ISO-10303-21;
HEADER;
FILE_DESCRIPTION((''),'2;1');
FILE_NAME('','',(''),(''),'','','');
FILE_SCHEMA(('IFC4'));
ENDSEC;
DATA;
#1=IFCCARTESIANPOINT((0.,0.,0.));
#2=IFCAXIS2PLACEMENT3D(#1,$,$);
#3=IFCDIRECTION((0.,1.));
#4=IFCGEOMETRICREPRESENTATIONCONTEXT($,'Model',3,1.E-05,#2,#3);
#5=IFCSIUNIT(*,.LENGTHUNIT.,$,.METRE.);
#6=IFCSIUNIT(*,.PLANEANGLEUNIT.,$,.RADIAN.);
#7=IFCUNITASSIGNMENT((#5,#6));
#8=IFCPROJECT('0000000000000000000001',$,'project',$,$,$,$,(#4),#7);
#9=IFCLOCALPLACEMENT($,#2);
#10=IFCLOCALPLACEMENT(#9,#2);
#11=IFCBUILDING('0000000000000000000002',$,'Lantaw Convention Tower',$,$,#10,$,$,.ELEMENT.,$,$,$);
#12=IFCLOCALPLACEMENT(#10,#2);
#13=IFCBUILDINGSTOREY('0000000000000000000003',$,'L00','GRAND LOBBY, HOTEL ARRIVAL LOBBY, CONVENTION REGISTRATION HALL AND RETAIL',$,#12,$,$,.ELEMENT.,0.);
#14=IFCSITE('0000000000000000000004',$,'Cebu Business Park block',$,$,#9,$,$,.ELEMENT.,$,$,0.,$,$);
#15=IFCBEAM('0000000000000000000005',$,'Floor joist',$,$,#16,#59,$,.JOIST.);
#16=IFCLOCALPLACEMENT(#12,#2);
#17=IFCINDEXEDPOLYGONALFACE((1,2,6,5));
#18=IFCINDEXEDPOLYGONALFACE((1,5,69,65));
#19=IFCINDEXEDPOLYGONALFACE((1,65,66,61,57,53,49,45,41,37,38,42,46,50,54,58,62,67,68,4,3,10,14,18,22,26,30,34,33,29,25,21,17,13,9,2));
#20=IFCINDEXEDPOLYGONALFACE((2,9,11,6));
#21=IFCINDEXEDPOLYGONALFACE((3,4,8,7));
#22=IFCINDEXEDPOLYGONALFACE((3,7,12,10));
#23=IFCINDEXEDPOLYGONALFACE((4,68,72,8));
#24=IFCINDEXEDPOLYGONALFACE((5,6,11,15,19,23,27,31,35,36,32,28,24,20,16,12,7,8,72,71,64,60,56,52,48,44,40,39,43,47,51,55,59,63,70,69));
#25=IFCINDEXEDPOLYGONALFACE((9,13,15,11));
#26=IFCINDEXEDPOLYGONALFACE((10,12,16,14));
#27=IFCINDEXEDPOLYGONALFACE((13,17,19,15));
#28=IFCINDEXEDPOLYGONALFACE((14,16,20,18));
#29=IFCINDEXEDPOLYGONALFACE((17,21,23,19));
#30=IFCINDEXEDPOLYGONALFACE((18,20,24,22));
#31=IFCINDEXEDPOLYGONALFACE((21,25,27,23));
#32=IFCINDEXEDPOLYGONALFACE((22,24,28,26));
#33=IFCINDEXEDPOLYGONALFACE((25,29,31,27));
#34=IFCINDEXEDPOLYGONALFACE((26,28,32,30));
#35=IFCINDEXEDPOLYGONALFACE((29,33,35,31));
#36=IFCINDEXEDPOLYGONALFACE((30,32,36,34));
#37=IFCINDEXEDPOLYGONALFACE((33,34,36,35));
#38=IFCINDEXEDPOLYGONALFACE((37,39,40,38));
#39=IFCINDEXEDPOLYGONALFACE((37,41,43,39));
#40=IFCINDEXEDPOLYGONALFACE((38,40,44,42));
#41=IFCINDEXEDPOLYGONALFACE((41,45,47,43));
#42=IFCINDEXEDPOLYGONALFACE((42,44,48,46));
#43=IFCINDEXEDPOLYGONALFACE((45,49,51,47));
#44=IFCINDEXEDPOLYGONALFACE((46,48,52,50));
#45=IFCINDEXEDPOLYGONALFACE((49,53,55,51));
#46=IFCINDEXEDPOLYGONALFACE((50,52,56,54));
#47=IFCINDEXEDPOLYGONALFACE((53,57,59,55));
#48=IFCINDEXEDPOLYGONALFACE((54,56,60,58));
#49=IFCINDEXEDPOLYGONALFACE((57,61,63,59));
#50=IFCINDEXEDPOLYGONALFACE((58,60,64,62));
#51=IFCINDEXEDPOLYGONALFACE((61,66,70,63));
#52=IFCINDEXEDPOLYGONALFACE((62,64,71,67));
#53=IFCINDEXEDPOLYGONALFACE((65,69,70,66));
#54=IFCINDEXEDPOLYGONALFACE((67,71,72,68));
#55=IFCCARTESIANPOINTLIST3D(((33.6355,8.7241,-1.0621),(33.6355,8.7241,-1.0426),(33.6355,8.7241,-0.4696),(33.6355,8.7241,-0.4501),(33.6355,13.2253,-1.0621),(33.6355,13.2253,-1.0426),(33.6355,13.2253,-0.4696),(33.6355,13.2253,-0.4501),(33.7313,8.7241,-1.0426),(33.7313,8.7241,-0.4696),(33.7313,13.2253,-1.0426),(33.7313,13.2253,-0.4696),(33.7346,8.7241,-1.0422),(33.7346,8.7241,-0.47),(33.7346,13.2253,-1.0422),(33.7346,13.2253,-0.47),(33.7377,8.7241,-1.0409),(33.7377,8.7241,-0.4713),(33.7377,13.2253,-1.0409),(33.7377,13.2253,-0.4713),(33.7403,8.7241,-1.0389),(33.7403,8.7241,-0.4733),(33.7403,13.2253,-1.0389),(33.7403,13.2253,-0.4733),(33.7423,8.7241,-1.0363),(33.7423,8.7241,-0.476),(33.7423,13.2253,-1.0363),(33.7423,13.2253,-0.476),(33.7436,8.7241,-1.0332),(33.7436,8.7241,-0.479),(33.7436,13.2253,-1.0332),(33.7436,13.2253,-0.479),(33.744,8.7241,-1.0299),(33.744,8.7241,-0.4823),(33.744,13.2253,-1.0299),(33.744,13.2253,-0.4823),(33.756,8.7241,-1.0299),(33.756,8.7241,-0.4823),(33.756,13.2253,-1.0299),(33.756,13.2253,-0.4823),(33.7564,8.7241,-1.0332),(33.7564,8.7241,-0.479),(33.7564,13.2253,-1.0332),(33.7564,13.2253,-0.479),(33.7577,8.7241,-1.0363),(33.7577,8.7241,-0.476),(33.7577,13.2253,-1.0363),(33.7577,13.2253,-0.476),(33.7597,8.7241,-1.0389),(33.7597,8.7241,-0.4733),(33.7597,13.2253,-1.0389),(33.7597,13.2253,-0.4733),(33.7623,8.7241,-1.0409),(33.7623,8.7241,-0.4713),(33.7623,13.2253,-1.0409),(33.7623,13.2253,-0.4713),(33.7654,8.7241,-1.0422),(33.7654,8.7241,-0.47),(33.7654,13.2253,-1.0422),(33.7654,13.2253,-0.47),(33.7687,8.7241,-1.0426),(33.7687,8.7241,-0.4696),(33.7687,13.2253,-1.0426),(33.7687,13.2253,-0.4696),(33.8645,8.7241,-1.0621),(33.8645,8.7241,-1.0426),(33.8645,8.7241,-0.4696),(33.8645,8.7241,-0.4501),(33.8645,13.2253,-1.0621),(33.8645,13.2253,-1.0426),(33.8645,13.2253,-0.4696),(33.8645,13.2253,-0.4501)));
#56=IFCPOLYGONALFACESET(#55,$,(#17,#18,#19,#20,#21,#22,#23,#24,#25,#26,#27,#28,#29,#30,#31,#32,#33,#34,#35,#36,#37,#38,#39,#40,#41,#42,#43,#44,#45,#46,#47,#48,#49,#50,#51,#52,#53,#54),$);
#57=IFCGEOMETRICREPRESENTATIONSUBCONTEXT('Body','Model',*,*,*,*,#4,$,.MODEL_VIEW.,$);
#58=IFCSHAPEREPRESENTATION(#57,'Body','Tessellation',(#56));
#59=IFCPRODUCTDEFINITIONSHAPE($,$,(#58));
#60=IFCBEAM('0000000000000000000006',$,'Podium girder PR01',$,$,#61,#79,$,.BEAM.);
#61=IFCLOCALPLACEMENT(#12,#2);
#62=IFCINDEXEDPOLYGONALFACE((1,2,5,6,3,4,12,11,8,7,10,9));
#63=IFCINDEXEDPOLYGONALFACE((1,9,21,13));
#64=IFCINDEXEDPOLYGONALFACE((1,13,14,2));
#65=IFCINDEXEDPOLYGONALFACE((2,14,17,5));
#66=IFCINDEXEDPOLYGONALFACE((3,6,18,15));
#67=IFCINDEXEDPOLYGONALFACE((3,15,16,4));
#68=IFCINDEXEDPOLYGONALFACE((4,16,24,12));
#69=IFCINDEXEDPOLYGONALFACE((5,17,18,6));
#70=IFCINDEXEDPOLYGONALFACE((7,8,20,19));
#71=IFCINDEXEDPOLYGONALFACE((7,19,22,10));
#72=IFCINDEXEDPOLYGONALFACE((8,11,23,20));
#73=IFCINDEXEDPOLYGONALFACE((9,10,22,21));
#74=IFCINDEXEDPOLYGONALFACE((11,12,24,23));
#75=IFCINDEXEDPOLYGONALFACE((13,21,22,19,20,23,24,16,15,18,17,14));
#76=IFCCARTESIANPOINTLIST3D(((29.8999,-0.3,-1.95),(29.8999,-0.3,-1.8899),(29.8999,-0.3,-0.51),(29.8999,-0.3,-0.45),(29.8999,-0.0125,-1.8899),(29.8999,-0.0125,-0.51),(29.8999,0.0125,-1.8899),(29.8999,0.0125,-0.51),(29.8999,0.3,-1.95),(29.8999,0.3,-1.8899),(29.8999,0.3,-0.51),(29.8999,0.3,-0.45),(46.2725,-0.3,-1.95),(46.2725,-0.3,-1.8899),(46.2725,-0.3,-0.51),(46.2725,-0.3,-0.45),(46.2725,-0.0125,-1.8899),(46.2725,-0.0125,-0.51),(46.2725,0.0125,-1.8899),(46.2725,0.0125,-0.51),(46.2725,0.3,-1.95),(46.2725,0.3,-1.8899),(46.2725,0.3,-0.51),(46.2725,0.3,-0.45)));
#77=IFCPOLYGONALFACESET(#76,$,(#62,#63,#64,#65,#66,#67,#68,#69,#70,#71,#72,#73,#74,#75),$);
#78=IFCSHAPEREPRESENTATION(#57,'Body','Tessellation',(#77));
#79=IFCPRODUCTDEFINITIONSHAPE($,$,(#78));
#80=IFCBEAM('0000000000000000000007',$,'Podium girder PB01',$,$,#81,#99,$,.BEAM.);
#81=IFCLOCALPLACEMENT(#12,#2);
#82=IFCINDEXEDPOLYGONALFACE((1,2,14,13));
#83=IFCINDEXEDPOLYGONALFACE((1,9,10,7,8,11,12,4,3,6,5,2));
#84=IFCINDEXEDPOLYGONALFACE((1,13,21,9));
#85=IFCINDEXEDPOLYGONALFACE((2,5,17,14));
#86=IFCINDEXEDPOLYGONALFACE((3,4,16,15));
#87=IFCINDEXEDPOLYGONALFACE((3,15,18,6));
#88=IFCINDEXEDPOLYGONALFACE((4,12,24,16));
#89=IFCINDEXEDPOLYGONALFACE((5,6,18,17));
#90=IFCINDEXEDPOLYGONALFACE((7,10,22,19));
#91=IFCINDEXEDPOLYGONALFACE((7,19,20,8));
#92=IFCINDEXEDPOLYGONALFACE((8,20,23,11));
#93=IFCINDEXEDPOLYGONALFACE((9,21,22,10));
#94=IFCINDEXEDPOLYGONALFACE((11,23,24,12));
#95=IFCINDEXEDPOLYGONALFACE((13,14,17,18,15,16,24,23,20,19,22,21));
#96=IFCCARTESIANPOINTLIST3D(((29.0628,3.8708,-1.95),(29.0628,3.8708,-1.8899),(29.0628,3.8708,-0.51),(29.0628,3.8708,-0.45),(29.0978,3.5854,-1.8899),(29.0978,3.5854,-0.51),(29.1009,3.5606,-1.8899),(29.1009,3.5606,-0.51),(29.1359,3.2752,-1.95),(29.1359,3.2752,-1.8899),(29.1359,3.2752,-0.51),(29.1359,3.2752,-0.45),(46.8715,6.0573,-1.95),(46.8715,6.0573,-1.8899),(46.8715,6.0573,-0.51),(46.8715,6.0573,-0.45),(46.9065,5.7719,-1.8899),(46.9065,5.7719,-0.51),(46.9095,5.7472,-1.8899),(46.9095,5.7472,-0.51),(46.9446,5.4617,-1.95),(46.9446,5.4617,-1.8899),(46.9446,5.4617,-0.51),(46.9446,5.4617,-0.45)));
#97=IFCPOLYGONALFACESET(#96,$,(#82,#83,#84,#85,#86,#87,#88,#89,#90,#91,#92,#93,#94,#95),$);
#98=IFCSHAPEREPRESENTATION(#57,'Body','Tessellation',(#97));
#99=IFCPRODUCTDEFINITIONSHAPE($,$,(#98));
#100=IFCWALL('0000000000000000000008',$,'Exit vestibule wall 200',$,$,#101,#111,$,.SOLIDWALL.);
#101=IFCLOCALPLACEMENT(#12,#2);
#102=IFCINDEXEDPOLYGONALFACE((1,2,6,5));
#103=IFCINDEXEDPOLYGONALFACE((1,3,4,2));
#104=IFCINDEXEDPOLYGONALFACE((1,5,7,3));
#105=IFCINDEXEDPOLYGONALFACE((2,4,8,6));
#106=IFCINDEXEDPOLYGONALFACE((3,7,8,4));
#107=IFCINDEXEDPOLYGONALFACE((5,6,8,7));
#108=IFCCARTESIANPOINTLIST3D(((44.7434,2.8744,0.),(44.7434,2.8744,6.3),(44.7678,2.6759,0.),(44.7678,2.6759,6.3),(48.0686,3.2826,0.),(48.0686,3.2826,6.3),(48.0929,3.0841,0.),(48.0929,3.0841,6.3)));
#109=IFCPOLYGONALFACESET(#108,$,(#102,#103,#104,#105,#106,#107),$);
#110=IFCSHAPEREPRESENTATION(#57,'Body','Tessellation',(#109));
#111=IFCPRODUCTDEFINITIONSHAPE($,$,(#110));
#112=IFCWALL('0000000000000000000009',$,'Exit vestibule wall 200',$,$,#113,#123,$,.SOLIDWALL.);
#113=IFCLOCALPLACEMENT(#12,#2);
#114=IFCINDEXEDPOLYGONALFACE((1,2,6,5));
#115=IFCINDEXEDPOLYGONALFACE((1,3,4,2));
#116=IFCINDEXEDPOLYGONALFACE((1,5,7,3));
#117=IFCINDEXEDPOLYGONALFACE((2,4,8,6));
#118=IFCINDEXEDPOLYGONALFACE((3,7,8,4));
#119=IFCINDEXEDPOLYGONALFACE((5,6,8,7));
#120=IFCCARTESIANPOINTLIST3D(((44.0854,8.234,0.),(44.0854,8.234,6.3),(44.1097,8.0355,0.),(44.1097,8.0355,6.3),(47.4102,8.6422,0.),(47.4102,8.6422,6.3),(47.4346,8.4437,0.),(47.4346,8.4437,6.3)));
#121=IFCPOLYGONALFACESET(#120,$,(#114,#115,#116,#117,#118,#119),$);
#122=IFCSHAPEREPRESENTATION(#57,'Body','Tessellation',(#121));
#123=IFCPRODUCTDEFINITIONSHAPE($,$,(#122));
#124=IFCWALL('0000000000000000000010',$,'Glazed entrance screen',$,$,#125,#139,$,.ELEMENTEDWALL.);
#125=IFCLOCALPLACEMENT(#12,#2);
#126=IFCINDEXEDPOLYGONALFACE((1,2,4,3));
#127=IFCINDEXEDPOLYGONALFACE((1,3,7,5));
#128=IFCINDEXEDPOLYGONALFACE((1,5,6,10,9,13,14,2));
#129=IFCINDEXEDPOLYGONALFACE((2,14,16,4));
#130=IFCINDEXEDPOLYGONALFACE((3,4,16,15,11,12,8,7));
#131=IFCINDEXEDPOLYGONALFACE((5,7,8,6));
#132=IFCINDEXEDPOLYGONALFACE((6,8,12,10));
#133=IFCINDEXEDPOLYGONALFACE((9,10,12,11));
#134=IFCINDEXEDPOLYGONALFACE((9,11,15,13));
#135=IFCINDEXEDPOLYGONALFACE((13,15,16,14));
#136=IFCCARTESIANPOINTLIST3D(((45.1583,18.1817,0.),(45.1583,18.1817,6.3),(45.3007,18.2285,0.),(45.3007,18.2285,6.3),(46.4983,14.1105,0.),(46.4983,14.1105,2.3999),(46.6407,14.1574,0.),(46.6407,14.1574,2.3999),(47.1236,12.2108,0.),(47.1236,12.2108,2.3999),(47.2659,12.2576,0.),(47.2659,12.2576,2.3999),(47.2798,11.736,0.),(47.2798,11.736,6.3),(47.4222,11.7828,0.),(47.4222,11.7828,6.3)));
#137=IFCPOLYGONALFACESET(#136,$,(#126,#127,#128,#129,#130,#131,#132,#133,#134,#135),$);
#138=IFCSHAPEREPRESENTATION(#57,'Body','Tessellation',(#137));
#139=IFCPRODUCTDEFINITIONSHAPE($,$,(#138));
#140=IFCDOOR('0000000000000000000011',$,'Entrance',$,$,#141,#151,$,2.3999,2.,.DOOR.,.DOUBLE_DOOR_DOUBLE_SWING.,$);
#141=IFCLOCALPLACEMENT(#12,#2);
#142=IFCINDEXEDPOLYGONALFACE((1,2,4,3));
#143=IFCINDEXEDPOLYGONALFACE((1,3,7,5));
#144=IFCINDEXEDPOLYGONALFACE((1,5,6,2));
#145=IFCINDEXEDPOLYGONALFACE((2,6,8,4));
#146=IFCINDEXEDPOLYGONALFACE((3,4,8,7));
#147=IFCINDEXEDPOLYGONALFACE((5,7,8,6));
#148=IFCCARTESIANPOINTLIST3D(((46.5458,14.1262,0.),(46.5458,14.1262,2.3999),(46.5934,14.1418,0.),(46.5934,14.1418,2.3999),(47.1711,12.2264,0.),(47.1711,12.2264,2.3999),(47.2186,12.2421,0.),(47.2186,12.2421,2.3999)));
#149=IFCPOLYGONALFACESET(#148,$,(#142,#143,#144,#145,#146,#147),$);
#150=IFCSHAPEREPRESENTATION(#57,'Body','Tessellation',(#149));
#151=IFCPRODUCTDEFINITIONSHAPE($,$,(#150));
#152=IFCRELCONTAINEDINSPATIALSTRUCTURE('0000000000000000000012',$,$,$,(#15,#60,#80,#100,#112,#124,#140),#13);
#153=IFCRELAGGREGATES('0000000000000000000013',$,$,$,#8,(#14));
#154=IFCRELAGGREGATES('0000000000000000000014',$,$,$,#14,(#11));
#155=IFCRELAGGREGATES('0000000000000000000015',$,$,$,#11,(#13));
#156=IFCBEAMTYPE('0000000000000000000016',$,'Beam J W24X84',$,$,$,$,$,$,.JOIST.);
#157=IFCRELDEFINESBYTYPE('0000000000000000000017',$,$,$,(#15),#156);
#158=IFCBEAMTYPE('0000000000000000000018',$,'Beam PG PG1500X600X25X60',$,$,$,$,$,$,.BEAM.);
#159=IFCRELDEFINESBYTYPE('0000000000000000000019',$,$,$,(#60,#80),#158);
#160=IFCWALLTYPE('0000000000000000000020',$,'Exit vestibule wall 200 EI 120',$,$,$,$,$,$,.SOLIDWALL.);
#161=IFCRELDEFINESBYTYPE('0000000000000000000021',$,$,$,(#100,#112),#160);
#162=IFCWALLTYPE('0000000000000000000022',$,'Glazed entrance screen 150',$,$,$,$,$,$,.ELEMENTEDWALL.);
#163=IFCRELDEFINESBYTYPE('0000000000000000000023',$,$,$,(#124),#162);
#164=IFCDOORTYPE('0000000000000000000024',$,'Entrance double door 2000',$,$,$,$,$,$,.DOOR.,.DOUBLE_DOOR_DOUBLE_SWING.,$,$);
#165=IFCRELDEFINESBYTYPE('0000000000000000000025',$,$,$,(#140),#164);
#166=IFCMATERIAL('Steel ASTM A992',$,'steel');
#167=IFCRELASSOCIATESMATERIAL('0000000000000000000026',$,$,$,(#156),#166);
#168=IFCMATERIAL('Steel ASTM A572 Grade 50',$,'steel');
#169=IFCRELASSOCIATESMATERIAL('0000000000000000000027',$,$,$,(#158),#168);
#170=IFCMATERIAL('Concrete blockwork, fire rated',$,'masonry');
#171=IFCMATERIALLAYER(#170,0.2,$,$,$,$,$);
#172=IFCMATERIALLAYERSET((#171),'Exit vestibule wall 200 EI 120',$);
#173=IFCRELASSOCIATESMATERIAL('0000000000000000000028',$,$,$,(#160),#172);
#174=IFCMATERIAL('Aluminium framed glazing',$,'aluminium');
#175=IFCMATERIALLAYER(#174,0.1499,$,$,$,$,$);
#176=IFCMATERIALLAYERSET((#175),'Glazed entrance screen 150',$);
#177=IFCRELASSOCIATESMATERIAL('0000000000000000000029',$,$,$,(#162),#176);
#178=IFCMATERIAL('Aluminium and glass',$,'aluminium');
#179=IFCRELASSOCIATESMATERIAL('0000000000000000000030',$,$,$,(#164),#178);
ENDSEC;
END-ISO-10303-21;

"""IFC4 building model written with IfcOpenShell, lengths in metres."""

from ifc_helpers import new_model, si_unit, direction, frame, frame_2d, origin, origin_2d, place, context, subcontext, project, spatial, rectangle, i_section, extrude, material, layer, layer_set, material_profile, profile_set, type_object, element, fill, save


model = new_model("IFC4")

# Units and contexts
model_context = context("Model", 3, precision=1e-05, world=origin(), true_north=direction((0.0, 1.0)))
body_context = subcontext(model_context, "Body", "Model", "MODEL_VIEW")
ifc_project = project(units=[si_unit("LENGTHUNIT", "METRE"), si_unit("PLANEANGLEUNIT", "RADIAN")], contexts=[model_context])

# Site, building, storey
site_placement = place(None, origin())
site = spatial("IfcSite", under=ifc_project, at=site_placement, Name="Cebu Business Park block", CompositionType="ELEMENT", RefElevation=0.0)
building_placement = place(site_placement, origin())
building = spatial("IfcBuilding", under=site, at=building_placement, Name="Lantaw Convention Tower", CompositionType="ELEMENT")
storey_placement = place(building_placement, origin())
storey = spatial("IfcBuildingStorey", under=building, at=storey_placement, Name="L00", Description="GRAND LOBBY, HOTEL ARRIVAL LOBBY, CONVENTION REGISTRATION HALL AND RETAIL", CompositionType="ELEMENT", Elevation=0.0)

# Shared definitions
ifc_material_1 = material(Name="Steel ASTM A572 Grade 50", Category="steel")

# Beams
ifc_material_2 = material(Name="Steel ASTM A992", Category="steel")
ifc_material_profile_1 = material_profile(ifc_material_2, i_section(OverallWidth=0.229, OverallDepth=0.6121, WebThickness=0.012, FlangeThickness=0.0195, FilletRadius=0.0127, at=origin_2d()), Name="W24X84")
ifc_profile_set_1 = profile_set([ifc_material_profile_1], Name="Steel ASTM A992")
beam_type_1 = type_object("IfcBeamType", Name="Beam J W24X84", PredefinedType="JOIST", material=ifc_profile_set_1)
beam_1_placement = place(storey_placement, frame((33.75, 8.7241, -0.7561), z_axis=(0.0, 1.0, 0.0), x_axis=(-1.0, 0.0, 0.0)))
element("IfcBeam", 1, at=beam_1_placement, inside=storey, type_object=beam_type_1, Name="Floor joist", PredefinedType="JOIST", context=body_context, shape_type="SweptSolid", body=[
    extrude(i_section(OverallWidth=0.229, OverallDepth=0.6121, WebThickness=0.012, FlangeThickness=0.0195, FilletRadius=0.0127, at=origin_2d()), origin(), (0.0, 0.0, 1.0), 4.5012),
])
ifc_material_profile_2 = material_profile(ifc_material_1, i_section(OverallWidth=0.6001, OverallDepth=1.5, WebThickness=0.0249, FlangeThickness=0.0601, at=origin_2d()), Name="PG1500X600X25X60")
ifc_profile_set_2 = profile_set([ifc_material_profile_2], Name="Steel ASTM A572 Grade 50")
beam_type_2 = type_object("IfcBeamType", Name="Beam PG PG1500X600X25X60", PredefinedType="BEAM", material=ifc_profile_set_2)
beam_2_placement = place(storey_placement, frame((29.8999, 0.0, -1.2), z_axis=(1.0, 0.0, 0.0), x_axis=(0.0, 1.0, 0.0)))
element("IfcBeam", 2, at=beam_2_placement, inside=storey, type_object=beam_type_2, Name="Podium girder PR01", PredefinedType="BEAM", context=body_context, shape_type="SweptSolid", body=[
    extrude(i_section(OverallWidth=0.6001, OverallDepth=1.5, WebThickness=0.0249, FlangeThickness=0.0601, at=origin_2d()), origin(), (0.0, 0.0, 1.0), 16.3726),
])
beam_3_placement = place(storey_placement, frame((29.0994, 3.573, -1.2), z_axis=(0.992547, 0.121864, 0.0), x_axis=(-0.121864, 0.992547, 0.0)))
element("IfcBeam", 3, at=beam_3_placement, inside=storey, type_object=beam_type_2, Name="Podium girder PB01", PredefinedType="BEAM", context=body_context, shape_type="SweptSolid", body=[
    extrude(i_section(OverallWidth=0.6001, OverallDepth=1.5, WebThickness=0.0249, FlangeThickness=0.0601, at=origin_2d()), origin(), (0.0, 0.0, 1.0), 17.9424),
])

# Walls
ifc_material_3 = material(Name="Concrete blockwork, fire rated", Category="masonry")
ifc_layer_1 = layer(ifc_material_3, 0.2)
ifc_layer_set_1 = layer_set([ifc_layer_1], Name="Exit vestibule wall 200 EI 120")
wall_type_1 = type_object("IfcWallType", Name="Exit vestibule wall 200 EI 120", PredefinedType="SOLIDWALL", material=ifc_layer_set_1)
wall_1_placement = place(storey_placement, frame((44.7556, 2.7751, 0.0), z_axis=(0.0, 0.0, 1.0), x_axis=(0.992549, 0.121846, 0.0)))
element("IfcWall", 4, at=wall_1_placement, inside=storey, type_object=wall_type_1, Name="Exit vestibule wall 200", PredefinedType="SOLIDWALL", context=body_context, shape_type="SweptSolid", body=[
    extrude(rectangle(XDim=3.3501, YDim=0.2, at=frame_2d((1.675, 0.0))), origin(), (0.0, 0.0, 1.0), 6.3),
])
wall_2_placement = place(storey_placement, frame((44.0977, 8.1348, 0.0), z_axis=(0.0, 0.0, 1.0), x_axis=(0.992548, 0.121855, 0.0)))
element("IfcWall", 5, at=wall_2_placement, inside=storey, type_object=wall_type_1, Name="Exit vestibule wall 200", PredefinedType="SOLIDWALL", context=body_context, shape_type="SweptSolid", body=[
    extrude(rectangle(XDim=3.3499, YDim=0.2, at=frame_2d((1.6748, 0.0))), origin(), (0.0, 0.0, 1.0), 6.3),
])

# Wall, opening, door
ifc_material_4 = material(Name="Aluminium framed glazing", Category="aluminium")
ifc_layer_2 = layer(ifc_material_4, 0.1499)
ifc_layer_set_2 = layer_set([ifc_layer_2], Name="Glazed entrance screen 150")
wall_type_2 = type_object("IfcWallType", Name="Glazed entrance screen 150", PredefinedType="ELEMENTEDWALL", material=ifc_layer_set_2)
wall_3_placement = place(storey_placement, frame((47.3511, 11.7593, 0.0), z_axis=(0.0, 0.0, 1.0), x_axis=(-0.312642, 0.949871, 0.0)))
wall_3 = element("IfcWall", 6, at=wall_3_placement, inside=storey, type_object=wall_type_2, Name="Glazed entrance screen", PredefinedType="ELEMENTEDWALL", context=body_context, shape_type="SweptSolid", body=[
    extrude(rectangle(XDim=6.7859, YDim=0.1499, at=frame_2d((3.3931, 0.0))), origin(), (0.0, 0.0, 1.0), 6.3),
])
opening_1_placement = place(wall_3_placement, frame((0.5, 0.0, 0.0)))
opening_1 = element("IfcOpeningElement", 7, at=opening_1_placement, cuts=wall_3, PredefinedType="OPENING", context=body_context, shape_type="SweptSolid", body=[
    extrude(rectangle(XDim=2.0, YDim=2.3999, at=frame_2d((1.0, 1.2))), frame((0.0, 0.085, 0.0), z_axis=(0.0, -1.0, 0.0), x_axis=(1.0, 0.0, 0.0)), (0.0, 0.0, 1.0), 0.1699),
])
ifc_material_5 = material(Name="Aluminium and glass", Category="aluminium")
door_type_1 = type_object("IfcDoorType", Name="Entrance double door 2000", OperationType="DOUBLE_DOOR_DOUBLE_SWING", PredefinedType="DOOR", material=ifc_material_5)
door_1_placement = place(opening_1_placement, origin())
door_1 = element("IfcDoor", 8, at=door_1_placement, inside=storey, type_object=door_type_1, Name="Entrance", OperationType="DOUBLE_DOOR_DOUBLE_SWING", OverallHeight=2.3999, OverallWidth=2.0, PredefinedType="DOOR", context=body_context, shape_type="SweptSolid", body=[
    extrude(rectangle(XDim=2.0, YDim=2.3999, at=frame_2d((1.0, 1.2))), frame((0.0, 0.0249, 0.0), z_axis=(0.0, -1.0, 0.0), x_axis=(1.0, 0.0, 0.0)), (0.0, 0.0, 1.0), 0.05),
])
fill(opening_1, door_1)

save(model, "model.ifc")
